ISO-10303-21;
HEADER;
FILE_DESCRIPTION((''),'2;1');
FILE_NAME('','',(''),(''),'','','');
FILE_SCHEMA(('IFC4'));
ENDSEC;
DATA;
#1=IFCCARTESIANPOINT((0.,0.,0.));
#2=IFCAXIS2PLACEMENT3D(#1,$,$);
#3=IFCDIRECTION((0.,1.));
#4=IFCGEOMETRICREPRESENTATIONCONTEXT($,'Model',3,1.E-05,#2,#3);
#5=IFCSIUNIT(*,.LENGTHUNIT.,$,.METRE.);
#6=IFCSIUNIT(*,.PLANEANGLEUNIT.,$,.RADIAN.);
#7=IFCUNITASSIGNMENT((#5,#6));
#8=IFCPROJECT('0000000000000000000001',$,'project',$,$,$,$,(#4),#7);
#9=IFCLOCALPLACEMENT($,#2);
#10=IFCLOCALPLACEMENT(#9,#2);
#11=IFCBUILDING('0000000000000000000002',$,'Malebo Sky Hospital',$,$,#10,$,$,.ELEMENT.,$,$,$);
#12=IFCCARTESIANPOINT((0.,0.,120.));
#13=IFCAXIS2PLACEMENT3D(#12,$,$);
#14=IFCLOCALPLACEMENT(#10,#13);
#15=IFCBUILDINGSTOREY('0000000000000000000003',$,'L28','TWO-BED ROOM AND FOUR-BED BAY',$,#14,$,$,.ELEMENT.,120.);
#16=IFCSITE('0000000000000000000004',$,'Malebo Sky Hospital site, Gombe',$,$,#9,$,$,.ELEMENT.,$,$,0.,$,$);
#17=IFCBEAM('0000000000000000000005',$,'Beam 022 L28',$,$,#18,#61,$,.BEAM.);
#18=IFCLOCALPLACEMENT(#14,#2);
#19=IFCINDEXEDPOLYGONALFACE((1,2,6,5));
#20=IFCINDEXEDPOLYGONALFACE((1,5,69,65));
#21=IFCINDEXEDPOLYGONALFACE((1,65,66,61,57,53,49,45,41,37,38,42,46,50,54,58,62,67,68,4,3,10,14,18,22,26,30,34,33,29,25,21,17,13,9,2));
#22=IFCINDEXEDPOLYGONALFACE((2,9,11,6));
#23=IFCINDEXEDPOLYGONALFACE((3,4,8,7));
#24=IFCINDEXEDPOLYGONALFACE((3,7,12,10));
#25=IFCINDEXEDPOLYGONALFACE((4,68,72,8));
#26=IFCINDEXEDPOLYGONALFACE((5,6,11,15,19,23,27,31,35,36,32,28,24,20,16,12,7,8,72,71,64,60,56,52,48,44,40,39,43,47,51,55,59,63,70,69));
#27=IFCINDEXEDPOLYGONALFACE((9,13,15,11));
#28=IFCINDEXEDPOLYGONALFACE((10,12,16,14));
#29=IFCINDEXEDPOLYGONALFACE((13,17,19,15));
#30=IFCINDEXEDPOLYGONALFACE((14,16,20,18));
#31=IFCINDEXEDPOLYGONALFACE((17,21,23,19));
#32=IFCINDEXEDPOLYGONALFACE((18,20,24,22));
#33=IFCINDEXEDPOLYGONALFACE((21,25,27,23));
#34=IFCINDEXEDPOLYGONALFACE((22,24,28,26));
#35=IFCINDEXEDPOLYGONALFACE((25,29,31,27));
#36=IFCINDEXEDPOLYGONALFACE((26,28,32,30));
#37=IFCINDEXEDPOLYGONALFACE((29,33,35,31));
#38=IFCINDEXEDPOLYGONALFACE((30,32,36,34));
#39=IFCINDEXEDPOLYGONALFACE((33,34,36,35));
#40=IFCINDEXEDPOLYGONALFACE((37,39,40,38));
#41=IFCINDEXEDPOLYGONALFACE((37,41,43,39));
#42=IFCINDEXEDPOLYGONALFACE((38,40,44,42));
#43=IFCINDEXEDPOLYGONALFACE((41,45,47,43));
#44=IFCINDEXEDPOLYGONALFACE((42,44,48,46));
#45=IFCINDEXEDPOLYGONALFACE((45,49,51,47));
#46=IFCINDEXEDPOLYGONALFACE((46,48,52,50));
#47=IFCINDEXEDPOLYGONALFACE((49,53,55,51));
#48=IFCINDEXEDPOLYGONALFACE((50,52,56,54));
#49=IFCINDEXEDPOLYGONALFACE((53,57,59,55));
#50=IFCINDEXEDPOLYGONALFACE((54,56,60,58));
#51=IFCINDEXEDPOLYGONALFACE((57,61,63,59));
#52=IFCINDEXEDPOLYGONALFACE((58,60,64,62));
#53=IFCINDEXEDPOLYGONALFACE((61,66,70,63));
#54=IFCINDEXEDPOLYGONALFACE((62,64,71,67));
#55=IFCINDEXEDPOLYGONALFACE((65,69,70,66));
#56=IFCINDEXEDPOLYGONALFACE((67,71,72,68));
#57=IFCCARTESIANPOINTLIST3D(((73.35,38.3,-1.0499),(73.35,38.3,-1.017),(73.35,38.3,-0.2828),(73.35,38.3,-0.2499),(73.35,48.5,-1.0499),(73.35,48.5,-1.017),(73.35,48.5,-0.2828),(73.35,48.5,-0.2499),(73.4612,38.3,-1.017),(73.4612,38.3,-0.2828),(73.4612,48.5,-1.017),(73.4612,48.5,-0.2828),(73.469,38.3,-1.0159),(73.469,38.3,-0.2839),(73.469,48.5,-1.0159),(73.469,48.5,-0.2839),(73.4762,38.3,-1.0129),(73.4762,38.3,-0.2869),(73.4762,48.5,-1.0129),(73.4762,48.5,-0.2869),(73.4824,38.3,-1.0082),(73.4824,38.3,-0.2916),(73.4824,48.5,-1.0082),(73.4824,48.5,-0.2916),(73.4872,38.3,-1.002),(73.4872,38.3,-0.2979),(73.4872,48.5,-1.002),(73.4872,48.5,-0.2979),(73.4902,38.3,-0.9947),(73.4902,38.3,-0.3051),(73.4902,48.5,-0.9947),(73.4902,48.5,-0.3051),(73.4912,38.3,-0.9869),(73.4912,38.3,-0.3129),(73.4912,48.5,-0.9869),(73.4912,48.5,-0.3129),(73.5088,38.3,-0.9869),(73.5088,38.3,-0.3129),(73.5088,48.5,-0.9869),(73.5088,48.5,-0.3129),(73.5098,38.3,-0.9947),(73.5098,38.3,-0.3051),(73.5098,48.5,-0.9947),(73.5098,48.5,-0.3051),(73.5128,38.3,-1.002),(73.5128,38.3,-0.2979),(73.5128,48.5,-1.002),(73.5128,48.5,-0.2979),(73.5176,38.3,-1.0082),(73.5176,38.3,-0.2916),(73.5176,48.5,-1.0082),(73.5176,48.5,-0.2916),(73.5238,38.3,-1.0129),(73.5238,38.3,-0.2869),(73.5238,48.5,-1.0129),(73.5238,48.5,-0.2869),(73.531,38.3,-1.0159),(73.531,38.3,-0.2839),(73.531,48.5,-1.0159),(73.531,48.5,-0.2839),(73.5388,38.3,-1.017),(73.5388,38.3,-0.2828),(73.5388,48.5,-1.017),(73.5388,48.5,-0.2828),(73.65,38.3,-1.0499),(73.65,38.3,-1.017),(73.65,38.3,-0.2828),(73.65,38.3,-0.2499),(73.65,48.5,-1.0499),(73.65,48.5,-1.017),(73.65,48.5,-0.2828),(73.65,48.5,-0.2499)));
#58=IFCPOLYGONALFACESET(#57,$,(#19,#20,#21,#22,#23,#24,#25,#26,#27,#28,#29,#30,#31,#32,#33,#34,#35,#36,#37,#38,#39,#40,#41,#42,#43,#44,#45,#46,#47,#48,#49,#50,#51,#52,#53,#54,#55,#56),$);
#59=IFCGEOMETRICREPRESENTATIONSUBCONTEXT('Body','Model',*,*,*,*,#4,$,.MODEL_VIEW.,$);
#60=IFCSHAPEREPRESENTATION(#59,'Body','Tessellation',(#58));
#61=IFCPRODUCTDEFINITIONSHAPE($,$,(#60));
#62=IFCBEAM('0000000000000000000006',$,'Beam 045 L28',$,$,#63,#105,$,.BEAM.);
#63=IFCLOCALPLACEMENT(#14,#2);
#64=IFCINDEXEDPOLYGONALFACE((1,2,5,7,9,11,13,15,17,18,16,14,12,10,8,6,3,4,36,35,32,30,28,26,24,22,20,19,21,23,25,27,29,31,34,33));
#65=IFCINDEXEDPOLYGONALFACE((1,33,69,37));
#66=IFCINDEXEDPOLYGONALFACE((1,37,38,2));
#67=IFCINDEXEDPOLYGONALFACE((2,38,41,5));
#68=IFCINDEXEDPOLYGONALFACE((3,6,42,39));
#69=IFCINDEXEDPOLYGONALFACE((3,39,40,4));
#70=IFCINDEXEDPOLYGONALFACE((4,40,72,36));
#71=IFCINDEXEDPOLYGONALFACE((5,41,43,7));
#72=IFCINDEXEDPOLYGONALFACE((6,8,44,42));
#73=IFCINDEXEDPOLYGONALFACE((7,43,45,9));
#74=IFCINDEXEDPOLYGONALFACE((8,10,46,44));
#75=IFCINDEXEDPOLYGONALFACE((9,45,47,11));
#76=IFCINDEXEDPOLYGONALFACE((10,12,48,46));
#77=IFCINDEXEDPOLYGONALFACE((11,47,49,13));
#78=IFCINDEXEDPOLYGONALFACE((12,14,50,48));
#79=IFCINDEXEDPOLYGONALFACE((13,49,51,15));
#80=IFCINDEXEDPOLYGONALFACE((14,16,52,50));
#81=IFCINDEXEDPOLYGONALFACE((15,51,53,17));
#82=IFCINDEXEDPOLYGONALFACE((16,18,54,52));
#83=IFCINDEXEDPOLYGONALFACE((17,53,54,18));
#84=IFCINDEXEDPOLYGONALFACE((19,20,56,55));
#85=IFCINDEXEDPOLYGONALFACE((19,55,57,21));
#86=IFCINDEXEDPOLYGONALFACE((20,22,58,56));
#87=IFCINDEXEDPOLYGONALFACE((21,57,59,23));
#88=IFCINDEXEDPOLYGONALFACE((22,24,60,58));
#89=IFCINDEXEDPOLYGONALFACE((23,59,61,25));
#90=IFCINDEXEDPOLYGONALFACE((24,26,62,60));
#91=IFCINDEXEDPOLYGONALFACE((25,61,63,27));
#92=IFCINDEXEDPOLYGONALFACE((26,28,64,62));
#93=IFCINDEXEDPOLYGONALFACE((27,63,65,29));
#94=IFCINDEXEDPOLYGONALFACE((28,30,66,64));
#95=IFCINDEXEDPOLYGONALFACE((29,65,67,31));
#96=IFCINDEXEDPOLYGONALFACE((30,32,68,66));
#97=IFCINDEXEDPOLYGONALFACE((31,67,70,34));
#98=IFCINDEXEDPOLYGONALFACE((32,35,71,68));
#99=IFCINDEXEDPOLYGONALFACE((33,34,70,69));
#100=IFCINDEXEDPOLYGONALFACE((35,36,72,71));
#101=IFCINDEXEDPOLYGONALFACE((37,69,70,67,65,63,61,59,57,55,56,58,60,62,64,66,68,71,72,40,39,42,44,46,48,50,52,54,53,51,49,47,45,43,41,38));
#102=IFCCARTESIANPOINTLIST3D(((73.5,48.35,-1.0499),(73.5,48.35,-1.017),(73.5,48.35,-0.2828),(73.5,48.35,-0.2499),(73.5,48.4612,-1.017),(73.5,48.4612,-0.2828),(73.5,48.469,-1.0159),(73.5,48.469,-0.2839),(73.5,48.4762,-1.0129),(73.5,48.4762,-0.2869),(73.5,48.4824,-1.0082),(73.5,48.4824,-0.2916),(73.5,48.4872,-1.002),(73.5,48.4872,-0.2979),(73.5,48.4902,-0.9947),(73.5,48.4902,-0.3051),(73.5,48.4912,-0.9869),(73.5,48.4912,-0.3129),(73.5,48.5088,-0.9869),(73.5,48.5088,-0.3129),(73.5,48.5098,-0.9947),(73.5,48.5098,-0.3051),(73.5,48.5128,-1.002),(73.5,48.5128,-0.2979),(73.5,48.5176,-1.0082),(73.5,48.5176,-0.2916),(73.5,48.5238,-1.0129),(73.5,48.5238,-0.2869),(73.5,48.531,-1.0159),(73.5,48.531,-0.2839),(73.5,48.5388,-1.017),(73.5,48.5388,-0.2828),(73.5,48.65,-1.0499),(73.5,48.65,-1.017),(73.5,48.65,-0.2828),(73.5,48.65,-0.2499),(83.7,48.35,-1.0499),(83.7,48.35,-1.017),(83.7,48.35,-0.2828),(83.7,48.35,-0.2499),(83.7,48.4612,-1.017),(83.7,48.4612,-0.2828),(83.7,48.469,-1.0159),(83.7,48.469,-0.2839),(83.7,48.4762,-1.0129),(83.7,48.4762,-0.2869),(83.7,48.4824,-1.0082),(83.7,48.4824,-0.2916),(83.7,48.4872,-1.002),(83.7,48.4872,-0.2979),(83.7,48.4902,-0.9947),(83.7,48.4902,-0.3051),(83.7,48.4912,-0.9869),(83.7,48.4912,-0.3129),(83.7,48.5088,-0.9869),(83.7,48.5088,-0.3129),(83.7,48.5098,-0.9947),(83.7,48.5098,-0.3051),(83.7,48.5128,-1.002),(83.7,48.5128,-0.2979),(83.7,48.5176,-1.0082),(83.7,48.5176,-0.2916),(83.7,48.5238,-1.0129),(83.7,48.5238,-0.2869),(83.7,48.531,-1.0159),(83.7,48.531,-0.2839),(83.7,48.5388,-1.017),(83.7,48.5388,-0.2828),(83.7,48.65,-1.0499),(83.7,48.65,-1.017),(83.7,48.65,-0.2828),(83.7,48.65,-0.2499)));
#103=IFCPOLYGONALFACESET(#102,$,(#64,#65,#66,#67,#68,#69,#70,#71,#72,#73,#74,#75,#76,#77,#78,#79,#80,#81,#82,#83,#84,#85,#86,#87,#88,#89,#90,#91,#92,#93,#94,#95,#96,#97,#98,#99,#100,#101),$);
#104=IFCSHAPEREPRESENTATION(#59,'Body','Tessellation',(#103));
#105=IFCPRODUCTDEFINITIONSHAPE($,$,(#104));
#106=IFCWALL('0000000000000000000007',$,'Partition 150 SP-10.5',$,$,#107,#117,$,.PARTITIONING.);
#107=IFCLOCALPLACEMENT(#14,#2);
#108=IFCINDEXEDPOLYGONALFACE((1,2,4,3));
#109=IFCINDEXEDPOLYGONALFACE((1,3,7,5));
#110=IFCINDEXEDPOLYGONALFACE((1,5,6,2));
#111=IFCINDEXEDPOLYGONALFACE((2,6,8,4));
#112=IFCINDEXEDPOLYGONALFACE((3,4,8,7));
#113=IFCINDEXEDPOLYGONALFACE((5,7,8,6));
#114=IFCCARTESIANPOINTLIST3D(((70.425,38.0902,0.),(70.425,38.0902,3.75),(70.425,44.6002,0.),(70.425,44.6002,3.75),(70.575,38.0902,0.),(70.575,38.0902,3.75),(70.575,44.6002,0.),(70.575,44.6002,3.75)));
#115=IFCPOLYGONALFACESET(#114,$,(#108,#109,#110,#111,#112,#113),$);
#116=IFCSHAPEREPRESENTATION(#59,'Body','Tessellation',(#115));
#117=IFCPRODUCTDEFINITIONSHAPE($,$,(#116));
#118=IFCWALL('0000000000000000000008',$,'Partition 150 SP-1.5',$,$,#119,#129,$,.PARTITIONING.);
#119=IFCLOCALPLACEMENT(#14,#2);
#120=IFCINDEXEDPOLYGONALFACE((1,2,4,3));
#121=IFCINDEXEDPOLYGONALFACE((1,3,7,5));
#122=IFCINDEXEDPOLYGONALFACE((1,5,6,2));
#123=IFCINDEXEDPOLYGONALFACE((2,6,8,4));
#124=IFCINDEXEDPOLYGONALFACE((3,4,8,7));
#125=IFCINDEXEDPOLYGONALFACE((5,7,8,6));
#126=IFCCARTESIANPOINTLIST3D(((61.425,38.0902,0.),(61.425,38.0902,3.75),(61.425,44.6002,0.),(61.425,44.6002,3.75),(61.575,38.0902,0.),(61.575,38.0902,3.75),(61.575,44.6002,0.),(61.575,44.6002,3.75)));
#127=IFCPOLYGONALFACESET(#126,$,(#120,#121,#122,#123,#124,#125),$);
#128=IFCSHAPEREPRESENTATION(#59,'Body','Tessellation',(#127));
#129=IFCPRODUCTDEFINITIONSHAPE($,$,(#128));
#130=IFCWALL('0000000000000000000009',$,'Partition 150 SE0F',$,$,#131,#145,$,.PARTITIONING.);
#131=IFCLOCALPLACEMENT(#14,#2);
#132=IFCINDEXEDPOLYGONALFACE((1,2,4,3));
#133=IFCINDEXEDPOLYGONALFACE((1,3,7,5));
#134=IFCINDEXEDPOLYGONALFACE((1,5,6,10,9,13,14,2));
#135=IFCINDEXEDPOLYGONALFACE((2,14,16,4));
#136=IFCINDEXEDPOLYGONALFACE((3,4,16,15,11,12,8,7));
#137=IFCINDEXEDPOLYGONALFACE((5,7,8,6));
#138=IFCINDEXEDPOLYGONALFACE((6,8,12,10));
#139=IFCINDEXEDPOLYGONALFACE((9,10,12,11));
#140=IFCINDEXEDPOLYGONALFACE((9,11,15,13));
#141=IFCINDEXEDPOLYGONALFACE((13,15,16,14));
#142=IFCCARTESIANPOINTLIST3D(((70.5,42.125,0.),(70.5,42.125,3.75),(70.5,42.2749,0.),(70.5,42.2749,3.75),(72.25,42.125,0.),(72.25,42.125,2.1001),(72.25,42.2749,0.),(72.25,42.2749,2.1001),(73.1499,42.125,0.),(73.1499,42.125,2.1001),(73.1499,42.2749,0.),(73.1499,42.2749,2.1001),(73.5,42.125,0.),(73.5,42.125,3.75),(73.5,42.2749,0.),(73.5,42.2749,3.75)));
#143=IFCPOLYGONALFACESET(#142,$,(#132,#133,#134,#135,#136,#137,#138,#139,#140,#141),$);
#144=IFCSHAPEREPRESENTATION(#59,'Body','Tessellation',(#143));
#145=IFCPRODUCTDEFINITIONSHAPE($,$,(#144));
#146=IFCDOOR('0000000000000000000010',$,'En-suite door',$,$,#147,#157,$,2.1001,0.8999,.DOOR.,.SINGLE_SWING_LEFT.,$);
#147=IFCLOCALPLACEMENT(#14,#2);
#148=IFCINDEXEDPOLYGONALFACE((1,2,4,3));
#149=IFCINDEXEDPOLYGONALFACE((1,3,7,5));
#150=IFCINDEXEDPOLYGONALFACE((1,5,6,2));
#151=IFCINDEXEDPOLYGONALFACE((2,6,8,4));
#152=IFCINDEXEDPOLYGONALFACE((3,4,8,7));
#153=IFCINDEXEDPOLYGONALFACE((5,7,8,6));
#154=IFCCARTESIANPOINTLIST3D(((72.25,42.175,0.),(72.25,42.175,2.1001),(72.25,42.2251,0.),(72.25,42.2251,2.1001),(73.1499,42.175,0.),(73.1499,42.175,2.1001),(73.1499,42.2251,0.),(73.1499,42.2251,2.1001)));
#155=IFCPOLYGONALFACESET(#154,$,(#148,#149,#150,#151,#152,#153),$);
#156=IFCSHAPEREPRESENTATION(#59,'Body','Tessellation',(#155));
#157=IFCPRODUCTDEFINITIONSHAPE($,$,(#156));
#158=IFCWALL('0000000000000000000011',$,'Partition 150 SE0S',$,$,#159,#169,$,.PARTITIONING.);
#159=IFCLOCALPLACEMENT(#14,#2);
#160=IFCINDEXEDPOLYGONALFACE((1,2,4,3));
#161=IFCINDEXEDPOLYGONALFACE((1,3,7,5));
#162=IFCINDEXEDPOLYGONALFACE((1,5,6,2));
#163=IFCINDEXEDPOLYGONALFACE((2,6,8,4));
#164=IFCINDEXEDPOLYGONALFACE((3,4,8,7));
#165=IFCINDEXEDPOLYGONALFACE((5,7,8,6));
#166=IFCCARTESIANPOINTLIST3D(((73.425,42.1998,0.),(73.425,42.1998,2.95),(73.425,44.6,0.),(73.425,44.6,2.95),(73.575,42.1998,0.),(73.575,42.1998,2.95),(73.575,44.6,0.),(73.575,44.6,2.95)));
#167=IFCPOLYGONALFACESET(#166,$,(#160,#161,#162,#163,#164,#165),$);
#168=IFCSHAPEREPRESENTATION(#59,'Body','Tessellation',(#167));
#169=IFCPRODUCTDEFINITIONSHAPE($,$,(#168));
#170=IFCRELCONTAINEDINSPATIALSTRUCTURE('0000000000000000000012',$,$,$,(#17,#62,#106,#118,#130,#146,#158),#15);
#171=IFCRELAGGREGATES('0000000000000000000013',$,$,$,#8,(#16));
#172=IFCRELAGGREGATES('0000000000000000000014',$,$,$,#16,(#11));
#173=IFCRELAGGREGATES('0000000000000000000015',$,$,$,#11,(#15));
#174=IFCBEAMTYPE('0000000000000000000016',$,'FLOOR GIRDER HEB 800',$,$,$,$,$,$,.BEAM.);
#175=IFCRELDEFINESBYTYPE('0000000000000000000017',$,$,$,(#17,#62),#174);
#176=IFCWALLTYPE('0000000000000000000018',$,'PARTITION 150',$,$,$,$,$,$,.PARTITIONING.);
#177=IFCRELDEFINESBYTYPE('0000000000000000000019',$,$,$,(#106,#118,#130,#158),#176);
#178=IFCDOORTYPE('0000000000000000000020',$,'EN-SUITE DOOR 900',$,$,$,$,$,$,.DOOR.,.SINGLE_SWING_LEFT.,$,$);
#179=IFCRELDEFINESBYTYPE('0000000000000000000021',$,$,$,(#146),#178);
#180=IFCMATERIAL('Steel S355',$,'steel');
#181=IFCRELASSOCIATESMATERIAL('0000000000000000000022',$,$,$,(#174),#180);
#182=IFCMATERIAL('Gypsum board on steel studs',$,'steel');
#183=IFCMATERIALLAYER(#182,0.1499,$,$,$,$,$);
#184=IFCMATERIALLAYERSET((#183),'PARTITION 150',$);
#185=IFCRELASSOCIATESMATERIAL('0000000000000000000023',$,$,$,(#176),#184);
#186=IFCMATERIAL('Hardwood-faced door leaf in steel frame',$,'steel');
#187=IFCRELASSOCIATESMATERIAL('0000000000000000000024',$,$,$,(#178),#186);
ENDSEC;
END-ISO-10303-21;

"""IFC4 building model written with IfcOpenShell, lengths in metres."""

from ifc_helpers import new_model, si_unit, direction, frame, frame_2d, origin, origin_2d, place, context, subcontext, project, spatial, rectangle, i_section, extrude, material, layer, layer_set, material_profile, profile_set, type_object, element, fill, save


model = new_model("IFC4")

# Units and contexts
model_context = context("Model", 3, precision=1e-05, world=origin(), true_north=direction((0.0, 1.0)))
body_context = subcontext(model_context, "Body", "Model", "MODEL_VIEW")
ifc_project = project(units=[si_unit("LENGTHUNIT", "METRE"), si_unit("PLANEANGLEUNIT", "RADIAN")], contexts=[model_context])

# Site, building, storey
site_placement = place(None, origin())
site = spatial("IfcSite", under=ifc_project, at=site_placement, Name="Malebo Sky Hospital site, Gombe", CompositionType="ELEMENT", RefElevation=0.0)
building_placement = place(site_placement, origin())
building = spatial("IfcBuilding", under=site, at=building_placement, Name="Malebo Sky Hospital", CompositionType="ELEMENT")
storey_placement = place(building_placement, frame((0.0, 0.0, 120.0)))
storey = spatial("IfcBuildingStorey", under=building, at=storey_placement, Name="L28", Description="TWO-BED ROOM AND FOUR-BED BAY", CompositionType="ELEMENT", Elevation=120.0)

# Beams
ifc_material_1 = material(Name="Steel S355", Category="steel")
ifc_material_profile_1 = material_profile(ifc_material_1, i_section(OverallWidth=0.3, OverallDepth=0.8, WebThickness=0.0176, FlangeThickness=0.033, FilletRadius=0.03, at=origin_2d()), Name="HEB 800")
ifc_profile_set_1 = profile_set([ifc_material_profile_1], Name="Steel S355")
beam_type_1 = type_object("IfcBeamType", Name="FLOOR GIRDER HEB 800", PredefinedType="BEAM", material=ifc_profile_set_1)
for number, where, z_axis, x_axis, name in (
    (1, (73.5, 38.3, -0.6499), (0.0, 1.0, 0.0), (-1.0, 0.0, 0.0), "Beam 022 L28"),
    (2, (73.5, 48.5, -0.6499), (1.0, 0.0, 0.0), (0.0, 1.0, 0.0), "Beam 045 L28"),
):
    element("IfcBeam", number, at=place(storey_placement, frame(where, z_axis=z_axis, x_axis=x_axis)), inside=storey, type_object=beam_type_1, Name=name, PredefinedType="BEAM", context=body_context, shape_type="SweptSolid", body=[
        extrude(i_section(OverallWidth=0.3, OverallDepth=0.8, WebThickness=0.0176, FlangeThickness=0.033, FilletRadius=0.03, at=origin_2d()), origin(), (0.0, 0.0, 1.0), 10.2),
    ])

# Walls
ifc_material_2 = material(Name="Gypsum board on steel studs", Category="steel")
ifc_layer = layer(ifc_material_2, 0.1499)
ifc_layer_set = layer_set([ifc_layer], Name="PARTITION 150")
wall_type = type_object("IfcWallType", Name="PARTITION 150", PredefinedType="PARTITIONING", material=ifc_layer_set)
for number, where, z_axis, x_axis, name in (
    (3, (70.5, 44.6001, 0.0), (0.0, 0.0, 1.0), (0.0, -1.0, 0.0), "Partition 150 SP-10.5"),
    (4, (61.5, 44.6001, 0.0), (0.0, 0.0, 1.0), (0.0, -1.0, 0.0), "Partition 150 SP-1.5"),
):
    element("IfcWall", number, at=place(storey_placement, frame(where, z_axis=z_axis, x_axis=x_axis)), inside=storey, type_object=wall_type, Name=name, PredefinedType="PARTITIONING", context=body_context, shape_type="SweptSolid", body=[
        extrude(rectangle(XDim=6.51, YDim=0.1499, at=frame_2d((3.2549, 0.0))), origin(), (0.0, 0.0, 1.0), 3.75),
    ])

# Wall, opening, door
wall_1_placement = place(storey_placement, frame((73.5, 42.2, 0.0), z_axis=(0.0, 0.0, 1.0), x_axis=(-1.0, 0.0, 0.0)))
wall_1 = element("IfcWall", 5, at=wall_1_placement, inside=storey, type_object=wall_type, Name="Partition 150 SE0F", PredefinedType="PARTITIONING", context=body_context, shape_type="SweptSolid", body=[
    extrude(rectangle(XDim=3.0, YDim=0.1499, at=frame_2d((1.5, 0.0))), origin(), (0.0, 0.0, 1.0), 3.75),
])
opening_1_placement = place(wall_1_placement, frame((0.3501, 0.0, 0.0)))
opening_1 = element("IfcOpeningElement", 6, at=opening_1_placement, cuts=wall_1, PredefinedType="OPENING", context=body_context, shape_type="SweptSolid", body=[
    extrude(rectangle(XDim=0.8999, YDim=2.1001, at=frame_2d((0.45, 1.05))), frame((0.0, 0.085, 0.0), z_axis=(0.0, -1.0, 0.0), x_axis=(1.0, 0.0, 0.0)), (0.0, 0.0, 1.0), 0.1699),
])
ifc_material_3 = material(Name="Hardwood-faced door leaf in steel frame", Category="steel")
door_type = type_object("IfcDoorType", Name="EN-SUITE DOOR 900", OperationType="SINGLE_SWING_LEFT", PredefinedType="DOOR", material=ifc_material_3)
door_1_placement = place(opening_1_placement, origin())
door_1 = element("IfcDoor", 7, at=door_1_placement, inside=storey, type_object=door_type, Name="En-suite door", OperationType="SINGLE_SWING_LEFT", OverallHeight=2.1001, OverallWidth=0.8999, PredefinedType="DOOR", context=body_context, shape_type="SweptSolid", body=[
    extrude(rectangle(XDim=0.8999, YDim=2.1001, at=frame_2d((0.45, 1.05))), frame((0.0, 0.0249, 0.0), z_axis=(0.0, -1.0, 0.0), x_axis=(1.0, 0.0, 0.0)), (0.0, 0.0, 1.0), 0.05),
])
fill(opening_1, door_1)

# Wall
wall_2_placement = place(storey_placement, frame((73.5, 44.6001, 0.0), z_axis=(0.0, 0.0, 1.0), x_axis=(0.0, -1.0, 0.0)))
element("IfcWall", 8, at=wall_2_placement, inside=storey, type_object=wall_type, Name="Partition 150 SE0S", PredefinedType="PARTITIONING", context=body_context, shape_type="SweptSolid", body=[
    extrude(rectangle(XDim=2.4001, YDim=0.1499, at=frame_2d((1.2002, 0.0))), origin(), (0.0, 0.0, 1.0), 2.95),
])

save(model, "model.ifc")
